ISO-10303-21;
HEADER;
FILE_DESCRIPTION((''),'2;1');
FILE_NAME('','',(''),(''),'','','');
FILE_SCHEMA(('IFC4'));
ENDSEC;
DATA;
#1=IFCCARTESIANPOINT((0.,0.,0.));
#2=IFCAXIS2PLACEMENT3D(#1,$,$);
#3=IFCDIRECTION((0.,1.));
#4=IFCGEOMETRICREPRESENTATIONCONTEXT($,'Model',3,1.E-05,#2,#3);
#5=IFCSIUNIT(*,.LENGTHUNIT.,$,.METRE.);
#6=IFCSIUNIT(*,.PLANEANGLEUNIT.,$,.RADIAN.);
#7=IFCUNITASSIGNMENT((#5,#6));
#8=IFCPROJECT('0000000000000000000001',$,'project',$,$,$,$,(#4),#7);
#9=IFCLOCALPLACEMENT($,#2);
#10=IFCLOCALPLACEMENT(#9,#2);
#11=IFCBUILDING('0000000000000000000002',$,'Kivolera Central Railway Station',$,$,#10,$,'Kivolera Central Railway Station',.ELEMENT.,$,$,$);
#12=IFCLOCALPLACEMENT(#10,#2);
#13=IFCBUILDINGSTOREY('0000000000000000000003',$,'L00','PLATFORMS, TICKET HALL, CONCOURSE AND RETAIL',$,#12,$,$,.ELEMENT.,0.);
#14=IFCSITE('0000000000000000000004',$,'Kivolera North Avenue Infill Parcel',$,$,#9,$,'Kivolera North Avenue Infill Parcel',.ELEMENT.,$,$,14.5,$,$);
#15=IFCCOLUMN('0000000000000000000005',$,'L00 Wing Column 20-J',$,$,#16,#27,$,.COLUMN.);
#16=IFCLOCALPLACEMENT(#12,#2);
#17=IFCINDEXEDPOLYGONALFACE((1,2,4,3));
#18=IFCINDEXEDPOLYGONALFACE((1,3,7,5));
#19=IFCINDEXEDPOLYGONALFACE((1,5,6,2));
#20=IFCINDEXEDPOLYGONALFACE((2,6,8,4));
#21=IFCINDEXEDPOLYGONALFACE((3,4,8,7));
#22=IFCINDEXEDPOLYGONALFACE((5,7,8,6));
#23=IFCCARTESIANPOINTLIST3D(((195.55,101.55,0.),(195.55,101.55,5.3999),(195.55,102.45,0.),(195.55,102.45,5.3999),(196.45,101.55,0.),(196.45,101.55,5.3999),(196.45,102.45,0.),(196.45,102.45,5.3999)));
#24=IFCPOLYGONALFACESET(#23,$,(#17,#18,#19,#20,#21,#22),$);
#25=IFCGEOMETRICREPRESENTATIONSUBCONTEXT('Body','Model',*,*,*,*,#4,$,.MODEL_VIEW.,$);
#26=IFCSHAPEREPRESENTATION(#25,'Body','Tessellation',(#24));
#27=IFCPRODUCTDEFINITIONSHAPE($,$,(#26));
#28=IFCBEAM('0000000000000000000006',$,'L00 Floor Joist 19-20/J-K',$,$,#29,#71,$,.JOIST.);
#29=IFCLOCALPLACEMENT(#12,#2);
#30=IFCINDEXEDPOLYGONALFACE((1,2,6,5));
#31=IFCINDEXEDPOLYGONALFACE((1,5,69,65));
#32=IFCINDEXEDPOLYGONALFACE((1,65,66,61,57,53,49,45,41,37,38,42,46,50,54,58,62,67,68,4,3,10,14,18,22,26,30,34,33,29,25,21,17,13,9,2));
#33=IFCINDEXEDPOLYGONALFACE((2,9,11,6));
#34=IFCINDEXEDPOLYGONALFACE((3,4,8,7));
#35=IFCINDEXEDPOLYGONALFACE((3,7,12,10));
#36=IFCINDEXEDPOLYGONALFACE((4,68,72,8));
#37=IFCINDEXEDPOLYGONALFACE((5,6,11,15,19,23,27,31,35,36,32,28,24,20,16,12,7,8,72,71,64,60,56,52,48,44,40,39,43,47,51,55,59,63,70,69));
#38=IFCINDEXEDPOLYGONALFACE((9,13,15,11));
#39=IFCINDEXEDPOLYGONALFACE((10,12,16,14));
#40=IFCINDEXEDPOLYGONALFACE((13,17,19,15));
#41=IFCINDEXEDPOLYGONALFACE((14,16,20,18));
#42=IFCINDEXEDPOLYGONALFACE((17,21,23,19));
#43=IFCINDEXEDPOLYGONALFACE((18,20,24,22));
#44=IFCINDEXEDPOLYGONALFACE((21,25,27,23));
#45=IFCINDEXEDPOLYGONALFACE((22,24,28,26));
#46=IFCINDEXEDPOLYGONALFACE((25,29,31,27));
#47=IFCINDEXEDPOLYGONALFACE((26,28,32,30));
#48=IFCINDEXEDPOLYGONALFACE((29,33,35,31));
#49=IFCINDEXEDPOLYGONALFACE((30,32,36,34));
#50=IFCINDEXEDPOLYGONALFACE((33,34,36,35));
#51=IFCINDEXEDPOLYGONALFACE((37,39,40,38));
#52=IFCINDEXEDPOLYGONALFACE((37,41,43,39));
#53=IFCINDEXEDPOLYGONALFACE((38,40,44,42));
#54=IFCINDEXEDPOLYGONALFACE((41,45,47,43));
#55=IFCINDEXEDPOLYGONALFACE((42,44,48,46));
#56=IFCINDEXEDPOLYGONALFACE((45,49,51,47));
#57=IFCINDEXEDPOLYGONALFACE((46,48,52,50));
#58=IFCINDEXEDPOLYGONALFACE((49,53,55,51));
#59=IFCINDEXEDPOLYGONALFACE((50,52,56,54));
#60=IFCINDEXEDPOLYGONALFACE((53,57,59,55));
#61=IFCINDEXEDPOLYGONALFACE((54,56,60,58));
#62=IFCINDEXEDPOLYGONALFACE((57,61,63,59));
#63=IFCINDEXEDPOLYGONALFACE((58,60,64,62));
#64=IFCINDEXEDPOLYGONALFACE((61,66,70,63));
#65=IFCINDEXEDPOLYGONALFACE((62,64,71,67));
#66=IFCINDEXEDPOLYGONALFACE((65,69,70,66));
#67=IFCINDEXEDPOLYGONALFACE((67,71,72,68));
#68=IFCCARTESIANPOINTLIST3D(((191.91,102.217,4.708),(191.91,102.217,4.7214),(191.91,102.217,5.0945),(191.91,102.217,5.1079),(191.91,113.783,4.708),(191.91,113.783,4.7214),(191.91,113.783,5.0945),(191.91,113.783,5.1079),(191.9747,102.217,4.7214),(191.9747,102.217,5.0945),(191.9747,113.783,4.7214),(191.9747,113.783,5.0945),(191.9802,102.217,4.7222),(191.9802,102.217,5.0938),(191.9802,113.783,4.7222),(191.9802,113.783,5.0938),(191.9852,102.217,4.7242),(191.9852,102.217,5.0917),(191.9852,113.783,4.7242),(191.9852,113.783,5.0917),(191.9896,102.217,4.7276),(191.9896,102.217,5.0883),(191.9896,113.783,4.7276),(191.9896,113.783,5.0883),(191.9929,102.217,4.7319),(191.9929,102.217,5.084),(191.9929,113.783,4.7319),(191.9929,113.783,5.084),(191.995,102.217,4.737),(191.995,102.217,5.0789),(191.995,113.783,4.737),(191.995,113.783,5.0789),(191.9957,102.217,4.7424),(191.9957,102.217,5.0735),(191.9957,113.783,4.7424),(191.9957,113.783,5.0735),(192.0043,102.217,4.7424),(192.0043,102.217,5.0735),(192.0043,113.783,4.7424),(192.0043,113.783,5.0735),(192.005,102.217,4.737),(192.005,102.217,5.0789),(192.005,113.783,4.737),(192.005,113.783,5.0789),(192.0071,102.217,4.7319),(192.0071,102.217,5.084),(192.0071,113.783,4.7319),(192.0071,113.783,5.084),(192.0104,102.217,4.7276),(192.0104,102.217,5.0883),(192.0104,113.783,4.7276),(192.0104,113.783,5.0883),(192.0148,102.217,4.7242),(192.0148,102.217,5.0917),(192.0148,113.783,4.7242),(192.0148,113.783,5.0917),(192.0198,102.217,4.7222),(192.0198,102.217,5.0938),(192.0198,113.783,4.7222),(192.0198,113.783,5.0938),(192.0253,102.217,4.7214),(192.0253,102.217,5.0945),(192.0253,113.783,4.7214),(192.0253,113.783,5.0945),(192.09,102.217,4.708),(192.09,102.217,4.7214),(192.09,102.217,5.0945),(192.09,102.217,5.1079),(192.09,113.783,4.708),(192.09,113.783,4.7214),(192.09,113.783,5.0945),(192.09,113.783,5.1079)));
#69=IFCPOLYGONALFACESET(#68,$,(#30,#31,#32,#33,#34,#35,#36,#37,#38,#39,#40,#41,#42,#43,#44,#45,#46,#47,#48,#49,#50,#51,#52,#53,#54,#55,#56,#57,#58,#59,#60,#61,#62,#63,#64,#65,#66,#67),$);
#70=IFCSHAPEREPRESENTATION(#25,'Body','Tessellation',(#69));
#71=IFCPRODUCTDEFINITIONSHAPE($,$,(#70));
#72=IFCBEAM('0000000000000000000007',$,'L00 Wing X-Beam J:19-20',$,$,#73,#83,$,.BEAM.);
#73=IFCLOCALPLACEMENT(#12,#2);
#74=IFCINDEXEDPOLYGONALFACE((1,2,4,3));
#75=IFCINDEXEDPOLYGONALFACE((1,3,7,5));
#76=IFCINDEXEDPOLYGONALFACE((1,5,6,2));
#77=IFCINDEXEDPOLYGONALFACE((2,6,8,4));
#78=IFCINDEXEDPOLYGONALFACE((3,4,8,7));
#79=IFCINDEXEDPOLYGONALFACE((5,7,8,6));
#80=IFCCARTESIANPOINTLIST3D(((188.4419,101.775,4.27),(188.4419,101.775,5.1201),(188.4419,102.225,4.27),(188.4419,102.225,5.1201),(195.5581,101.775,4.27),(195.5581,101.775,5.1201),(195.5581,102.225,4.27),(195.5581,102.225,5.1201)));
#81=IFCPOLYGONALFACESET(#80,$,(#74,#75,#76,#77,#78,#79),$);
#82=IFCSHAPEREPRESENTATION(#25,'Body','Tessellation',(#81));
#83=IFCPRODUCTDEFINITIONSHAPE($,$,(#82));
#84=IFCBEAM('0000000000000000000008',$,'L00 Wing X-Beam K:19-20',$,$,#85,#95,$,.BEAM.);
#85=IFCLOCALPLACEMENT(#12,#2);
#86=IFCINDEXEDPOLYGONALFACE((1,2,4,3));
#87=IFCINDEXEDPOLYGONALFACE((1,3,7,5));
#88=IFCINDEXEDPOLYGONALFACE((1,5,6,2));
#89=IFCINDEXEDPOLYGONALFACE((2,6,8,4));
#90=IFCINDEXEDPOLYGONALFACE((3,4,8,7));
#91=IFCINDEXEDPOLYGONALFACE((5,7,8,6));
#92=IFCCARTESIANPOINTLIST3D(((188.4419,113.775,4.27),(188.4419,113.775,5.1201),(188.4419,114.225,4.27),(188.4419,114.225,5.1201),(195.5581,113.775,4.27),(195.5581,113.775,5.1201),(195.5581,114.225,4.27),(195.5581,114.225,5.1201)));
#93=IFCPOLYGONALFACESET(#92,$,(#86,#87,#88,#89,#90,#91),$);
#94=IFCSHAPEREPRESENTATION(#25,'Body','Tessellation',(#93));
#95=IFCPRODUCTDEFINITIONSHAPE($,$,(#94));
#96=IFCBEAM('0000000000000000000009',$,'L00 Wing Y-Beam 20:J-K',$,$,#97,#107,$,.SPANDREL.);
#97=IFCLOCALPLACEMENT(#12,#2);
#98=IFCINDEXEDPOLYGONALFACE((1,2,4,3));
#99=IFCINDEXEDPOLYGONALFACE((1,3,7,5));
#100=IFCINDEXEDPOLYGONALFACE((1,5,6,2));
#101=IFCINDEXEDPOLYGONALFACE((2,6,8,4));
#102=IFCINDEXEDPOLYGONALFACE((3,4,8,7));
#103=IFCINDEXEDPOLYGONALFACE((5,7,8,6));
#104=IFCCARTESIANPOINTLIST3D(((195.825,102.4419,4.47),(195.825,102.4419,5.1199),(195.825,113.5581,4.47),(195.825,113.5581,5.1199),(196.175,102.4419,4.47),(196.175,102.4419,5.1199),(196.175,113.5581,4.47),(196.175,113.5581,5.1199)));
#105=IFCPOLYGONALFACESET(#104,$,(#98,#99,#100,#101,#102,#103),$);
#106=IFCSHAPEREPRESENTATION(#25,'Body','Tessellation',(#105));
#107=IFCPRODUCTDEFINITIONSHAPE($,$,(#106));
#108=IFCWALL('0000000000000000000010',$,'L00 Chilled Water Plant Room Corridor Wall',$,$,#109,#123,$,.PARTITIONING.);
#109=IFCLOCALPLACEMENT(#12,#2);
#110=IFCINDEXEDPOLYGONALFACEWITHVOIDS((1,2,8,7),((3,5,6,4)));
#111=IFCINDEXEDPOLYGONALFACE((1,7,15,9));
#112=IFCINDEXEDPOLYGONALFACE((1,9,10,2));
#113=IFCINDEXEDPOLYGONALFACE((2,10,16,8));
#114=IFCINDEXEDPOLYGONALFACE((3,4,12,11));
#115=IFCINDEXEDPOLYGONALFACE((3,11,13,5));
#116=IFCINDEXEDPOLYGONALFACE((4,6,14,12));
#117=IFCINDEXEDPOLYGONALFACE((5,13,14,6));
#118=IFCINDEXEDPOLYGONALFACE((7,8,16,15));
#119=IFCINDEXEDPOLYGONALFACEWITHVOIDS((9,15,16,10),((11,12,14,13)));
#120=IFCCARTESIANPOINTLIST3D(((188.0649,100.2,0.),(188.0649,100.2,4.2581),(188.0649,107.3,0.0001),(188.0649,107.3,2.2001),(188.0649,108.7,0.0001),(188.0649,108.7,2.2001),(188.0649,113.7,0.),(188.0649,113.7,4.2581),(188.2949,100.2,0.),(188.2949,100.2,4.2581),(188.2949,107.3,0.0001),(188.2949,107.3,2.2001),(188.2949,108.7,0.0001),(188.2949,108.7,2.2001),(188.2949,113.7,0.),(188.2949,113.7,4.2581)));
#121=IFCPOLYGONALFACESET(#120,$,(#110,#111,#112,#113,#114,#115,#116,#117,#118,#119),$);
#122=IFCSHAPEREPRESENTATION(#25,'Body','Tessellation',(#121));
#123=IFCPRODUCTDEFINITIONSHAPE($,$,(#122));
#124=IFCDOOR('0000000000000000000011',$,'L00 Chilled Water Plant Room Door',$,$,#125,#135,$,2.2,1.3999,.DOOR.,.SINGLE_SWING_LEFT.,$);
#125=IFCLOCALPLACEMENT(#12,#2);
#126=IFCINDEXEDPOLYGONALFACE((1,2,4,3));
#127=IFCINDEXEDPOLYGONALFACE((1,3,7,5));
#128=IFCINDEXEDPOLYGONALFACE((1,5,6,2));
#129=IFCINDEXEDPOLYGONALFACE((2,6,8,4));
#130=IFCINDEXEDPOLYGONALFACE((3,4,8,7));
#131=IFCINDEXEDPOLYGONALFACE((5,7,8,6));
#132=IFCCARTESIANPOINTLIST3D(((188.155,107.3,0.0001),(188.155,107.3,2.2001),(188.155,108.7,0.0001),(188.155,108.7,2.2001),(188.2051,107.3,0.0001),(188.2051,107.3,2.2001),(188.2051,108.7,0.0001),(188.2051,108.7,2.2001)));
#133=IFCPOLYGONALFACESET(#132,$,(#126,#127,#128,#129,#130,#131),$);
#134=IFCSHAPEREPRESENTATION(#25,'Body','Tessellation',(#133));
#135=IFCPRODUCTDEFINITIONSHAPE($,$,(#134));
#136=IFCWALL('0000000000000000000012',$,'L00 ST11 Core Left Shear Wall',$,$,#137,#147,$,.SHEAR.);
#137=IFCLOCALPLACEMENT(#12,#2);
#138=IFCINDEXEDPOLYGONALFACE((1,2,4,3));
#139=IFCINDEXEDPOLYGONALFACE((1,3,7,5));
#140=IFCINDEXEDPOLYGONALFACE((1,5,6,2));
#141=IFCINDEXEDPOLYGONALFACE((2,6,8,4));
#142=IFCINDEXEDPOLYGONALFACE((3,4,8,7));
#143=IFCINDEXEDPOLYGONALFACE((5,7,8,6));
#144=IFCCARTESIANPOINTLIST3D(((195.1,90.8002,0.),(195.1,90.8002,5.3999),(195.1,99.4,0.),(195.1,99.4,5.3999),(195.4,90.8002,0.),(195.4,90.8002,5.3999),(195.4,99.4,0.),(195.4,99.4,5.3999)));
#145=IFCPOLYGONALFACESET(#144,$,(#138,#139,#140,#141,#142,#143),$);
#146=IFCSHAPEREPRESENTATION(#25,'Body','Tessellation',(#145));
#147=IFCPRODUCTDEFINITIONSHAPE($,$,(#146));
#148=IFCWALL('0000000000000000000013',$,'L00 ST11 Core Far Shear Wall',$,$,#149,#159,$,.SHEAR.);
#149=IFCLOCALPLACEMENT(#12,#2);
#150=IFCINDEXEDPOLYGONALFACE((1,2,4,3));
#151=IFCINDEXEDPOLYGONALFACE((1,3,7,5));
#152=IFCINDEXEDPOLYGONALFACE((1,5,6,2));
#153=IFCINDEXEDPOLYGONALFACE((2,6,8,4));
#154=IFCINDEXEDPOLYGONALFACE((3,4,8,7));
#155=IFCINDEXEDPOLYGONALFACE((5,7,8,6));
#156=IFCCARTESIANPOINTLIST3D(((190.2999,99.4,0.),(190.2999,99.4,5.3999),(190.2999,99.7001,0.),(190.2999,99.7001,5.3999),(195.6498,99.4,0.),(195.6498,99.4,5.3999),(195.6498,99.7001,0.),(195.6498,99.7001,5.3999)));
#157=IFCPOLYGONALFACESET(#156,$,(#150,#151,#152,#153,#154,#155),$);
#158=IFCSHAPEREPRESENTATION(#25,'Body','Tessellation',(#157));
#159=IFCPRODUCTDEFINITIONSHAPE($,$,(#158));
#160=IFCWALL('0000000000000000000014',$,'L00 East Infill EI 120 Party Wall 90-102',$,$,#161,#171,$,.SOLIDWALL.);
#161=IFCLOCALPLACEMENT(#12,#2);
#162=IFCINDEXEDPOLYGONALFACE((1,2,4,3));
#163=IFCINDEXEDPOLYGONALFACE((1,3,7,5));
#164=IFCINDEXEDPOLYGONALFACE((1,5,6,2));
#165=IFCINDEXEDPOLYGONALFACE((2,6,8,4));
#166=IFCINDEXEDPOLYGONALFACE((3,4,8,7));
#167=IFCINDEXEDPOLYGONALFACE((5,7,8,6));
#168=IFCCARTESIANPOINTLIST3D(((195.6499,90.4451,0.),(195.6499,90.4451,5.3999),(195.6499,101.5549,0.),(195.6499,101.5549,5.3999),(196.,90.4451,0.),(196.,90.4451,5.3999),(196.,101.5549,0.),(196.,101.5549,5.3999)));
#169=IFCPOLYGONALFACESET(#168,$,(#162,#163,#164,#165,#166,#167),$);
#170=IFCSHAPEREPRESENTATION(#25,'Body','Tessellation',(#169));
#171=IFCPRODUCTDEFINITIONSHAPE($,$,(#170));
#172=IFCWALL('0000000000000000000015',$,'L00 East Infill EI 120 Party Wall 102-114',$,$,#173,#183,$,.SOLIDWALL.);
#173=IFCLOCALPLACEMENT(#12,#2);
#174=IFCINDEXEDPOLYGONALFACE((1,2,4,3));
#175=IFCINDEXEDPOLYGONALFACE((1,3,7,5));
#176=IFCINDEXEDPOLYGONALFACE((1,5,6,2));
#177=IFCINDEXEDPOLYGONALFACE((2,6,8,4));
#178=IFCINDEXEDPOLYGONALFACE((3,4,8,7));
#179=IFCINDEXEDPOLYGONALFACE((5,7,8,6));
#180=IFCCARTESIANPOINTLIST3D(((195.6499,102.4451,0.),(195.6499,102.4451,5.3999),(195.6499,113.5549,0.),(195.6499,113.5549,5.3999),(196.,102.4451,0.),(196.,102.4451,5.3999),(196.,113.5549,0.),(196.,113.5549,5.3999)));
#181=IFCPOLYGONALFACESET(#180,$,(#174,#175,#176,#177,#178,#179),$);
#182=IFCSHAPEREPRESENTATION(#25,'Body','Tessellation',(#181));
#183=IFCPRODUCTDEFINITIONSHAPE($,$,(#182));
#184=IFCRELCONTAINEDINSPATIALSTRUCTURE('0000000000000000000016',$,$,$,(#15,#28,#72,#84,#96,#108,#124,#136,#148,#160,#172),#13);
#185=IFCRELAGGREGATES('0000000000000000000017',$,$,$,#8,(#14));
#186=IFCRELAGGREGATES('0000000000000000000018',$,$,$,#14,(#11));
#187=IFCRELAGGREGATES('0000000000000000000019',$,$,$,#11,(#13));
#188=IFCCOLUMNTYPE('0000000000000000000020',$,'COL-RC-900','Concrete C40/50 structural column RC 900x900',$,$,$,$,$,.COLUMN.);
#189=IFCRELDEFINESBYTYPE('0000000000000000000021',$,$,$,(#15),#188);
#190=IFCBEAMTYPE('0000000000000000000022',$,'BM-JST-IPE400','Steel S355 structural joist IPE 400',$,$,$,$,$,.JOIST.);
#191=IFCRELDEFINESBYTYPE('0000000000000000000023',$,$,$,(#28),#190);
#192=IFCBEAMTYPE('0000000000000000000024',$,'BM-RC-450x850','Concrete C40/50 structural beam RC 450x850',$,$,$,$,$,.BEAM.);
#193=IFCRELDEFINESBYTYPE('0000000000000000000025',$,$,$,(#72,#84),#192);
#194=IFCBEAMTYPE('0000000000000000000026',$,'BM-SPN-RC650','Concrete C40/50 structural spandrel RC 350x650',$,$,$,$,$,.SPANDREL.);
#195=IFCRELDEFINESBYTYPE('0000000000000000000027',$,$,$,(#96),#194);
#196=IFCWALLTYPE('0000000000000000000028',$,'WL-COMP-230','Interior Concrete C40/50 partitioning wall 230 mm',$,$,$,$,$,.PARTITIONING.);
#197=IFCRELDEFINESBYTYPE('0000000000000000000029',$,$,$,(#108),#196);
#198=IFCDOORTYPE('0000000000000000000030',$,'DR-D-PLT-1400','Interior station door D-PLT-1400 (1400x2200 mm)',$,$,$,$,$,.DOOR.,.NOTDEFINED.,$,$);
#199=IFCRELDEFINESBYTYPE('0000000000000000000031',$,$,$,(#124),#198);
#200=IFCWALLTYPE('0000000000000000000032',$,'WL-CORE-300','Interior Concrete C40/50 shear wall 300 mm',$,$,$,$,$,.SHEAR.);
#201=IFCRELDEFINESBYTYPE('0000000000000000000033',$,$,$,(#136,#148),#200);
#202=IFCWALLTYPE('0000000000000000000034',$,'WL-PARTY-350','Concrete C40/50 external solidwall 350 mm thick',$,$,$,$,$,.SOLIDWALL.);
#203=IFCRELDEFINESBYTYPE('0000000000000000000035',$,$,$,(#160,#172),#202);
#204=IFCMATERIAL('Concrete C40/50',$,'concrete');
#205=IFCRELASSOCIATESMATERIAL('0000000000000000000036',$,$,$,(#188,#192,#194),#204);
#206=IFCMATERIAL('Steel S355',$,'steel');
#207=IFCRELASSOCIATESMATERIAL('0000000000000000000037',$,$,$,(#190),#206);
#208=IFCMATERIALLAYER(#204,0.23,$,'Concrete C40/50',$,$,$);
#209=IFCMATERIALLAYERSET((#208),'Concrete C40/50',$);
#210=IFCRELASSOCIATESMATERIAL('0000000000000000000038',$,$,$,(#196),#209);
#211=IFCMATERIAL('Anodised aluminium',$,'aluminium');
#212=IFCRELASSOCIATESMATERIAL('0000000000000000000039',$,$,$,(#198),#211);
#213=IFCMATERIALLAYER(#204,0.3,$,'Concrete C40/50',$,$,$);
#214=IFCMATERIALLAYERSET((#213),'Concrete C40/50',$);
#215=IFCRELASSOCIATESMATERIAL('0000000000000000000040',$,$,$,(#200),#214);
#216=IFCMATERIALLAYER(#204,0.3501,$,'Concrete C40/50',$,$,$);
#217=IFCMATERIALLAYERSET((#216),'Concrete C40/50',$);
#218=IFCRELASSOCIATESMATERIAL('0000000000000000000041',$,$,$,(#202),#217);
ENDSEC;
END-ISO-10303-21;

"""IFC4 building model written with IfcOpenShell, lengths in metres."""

from ifc_helpers import new_model, si_unit, direction, frame, frame_2d, origin, origin_2d, place, context, subcontext, project, spatial, rectangle, i_section, extrude, material, layer, layer_set, material_profile, profile_set, type_object, element, fill, save


model = new_model("IFC4")

# Units and contexts
model_context = context("Model", 3, precision=1e-05, world=origin(), true_north=direction((0.0, 1.0)))
body_context = subcontext(model_context, "Body", "Model", "MODEL_VIEW")
ifc_project = project(units=[si_unit("LENGTHUNIT", "METRE"), si_unit("PLANEANGLEUNIT", "RADIAN")], contexts=[model_context])

# Site, building, storey
site_placement = place(None, origin())
site = spatial("IfcSite", under=ifc_project, at=site_placement, Name="Kivolera North Avenue Infill Parcel", LongName="Kivolera North Avenue Infill Parcel", CompositionType="ELEMENT", RefElevation=14.5)
building_placement = place(site_placement, origin())
building = spatial("IfcBuilding", under=site, at=building_placement, Name="Kivolera Central Railway Station", LongName="Kivolera Central Railway Station", CompositionType="ELEMENT")
storey_placement = place(building_placement, origin())
storey = spatial("IfcBuildingStorey", under=building, at=storey_placement, Name="L00", Description="PLATFORMS, TICKET HALL, CONCOURSE AND RETAIL", CompositionType="ELEMENT", Elevation=0.0)

# Column
ifc_material_1 = material(Name="Concrete C40/50", Category="concrete")
ifc_material_profile_1 = material_profile(ifc_material_1, rectangle(XDim=0.8999, YDim=0.8999, at=origin_2d()), Name="RC 900x900")
ifc_profile_set_1 = profile_set([ifc_material_profile_1], Name="Concrete C40/50")
column_type = type_object("IfcColumnType", Name="COL-RC-900", Description="Concrete C40/50 structural column RC 900x900", PredefinedType="COLUMN", material=ifc_profile_set_1)
column_placement = place(storey_placement, frame((196.0, 102.0, 0.0), z_axis=(0.0, 0.0, 1.0), x_axis=(1.0, 0.0, 0.0)))
element("IfcColumn", 1, at=column_placement, inside=storey, type_object=column_type, Name="L00 Wing Column 20-J", PredefinedType="COLUMN", context=body_context, shape_type="SweptSolid", body=[
    extrude(rectangle(XDim=0.8999, YDim=0.8999, at=origin_2d()), origin(), (0.0, 0.0, 1.0), 5.3999),
])

# Beams
ifc_material_2 = material(Name="Steel S355", Category="steel")
ifc_material_profile_2 = material_profile(ifc_material_2, i_section(OverallWidth=0.1799, OverallDepth=0.3999, WebThickness=0.0085, FlangeThickness=0.0134, FilletRadius=0.021, at=origin_2d()), Name="IPE 400")
ifc_profile_set_2 = profile_set([ifc_material_profile_2], Name="Steel S355")
beam_type_1 = type_object("IfcBeamType", Name="BM-JST-IPE400", Description="Steel S355 structural joist IPE 400", PredefinedType="JOIST", material=ifc_profile_set_2)
beam_1_placement = place(storey_placement, frame((192.0, 102.217, 4.908), z_axis=(0.0, 1.0, 0.0), x_axis=(-1.0, 0.0, 0.0)))
element("IfcBeam", 2, at=beam_1_placement, inside=storey, type_object=beam_type_1, Name="L00 Floor Joist 19-20/J-K", PredefinedType="JOIST", context=body_context, shape_type="SweptSolid", body=[
    extrude(i_section(OverallWidth=0.1799, OverallDepth=0.3999, WebThickness=0.0085, FlangeThickness=0.0134, FilletRadius=0.021, at=origin_2d()), origin(), (0.0, 0.0, 1.0), 11.5659),
])
ifc_material_profile_3 = material_profile(ifc_material_1, rectangle(XDim=0.45, YDim=0.8501, at=origin_2d()), Name="RC 450x850")
ifc_profile_set_3 = profile_set([ifc_material_profile_3], Name="Concrete C40/50")
beam_type_2 = type_object("IfcBeamType", Name="BM-RC-450x850", Description="Concrete C40/50 structural beam RC 450x850", PredefinedType="BEAM", material=ifc_profile_set_3)
for number, where, z_axis, x_axis, name in (
    (3, (188.4419, 102.0, 4.6951), (1.0, 0.0, 0.0), (0.0, 1.0, 0.0), "L00 Wing X-Beam J:19-20"),
    (4, (188.4419, 114.0, 4.6951), (1.0, 0.0, 0.0), (0.0, 1.0, 0.0), "L00 Wing X-Beam K:19-20"),
):
    element("IfcBeam", number, at=place(storey_placement, frame(where, z_axis=z_axis, x_axis=x_axis)), inside=storey, type_object=beam_type_2, Name=name, PredefinedType="BEAM", context=body_context, shape_type="SweptSolid", body=[
        extrude(rectangle(XDim=0.45, YDim=0.8501, at=origin_2d()), origin(), (0.0, 0.0, 1.0), 7.1162),
    ])
ifc_material_profile_4 = material_profile(ifc_material_1, rectangle(XDim=0.3501, YDim=0.6499, at=origin_2d()), Name="RC 350x650")
ifc_profile_set_4 = profile_set([ifc_material_profile_4], Name="Concrete C40/50")
beam_type_3 = type_object("IfcBeamType", Name="BM-SPN-RC650", Description="Concrete C40/50 structural spandrel RC 350x650", PredefinedType="SPANDREL", material=ifc_profile_set_4)
beam_2_placement = place(storey_placement, frame((196.0, 102.4419, 4.7949), z_axis=(0.0, 1.0, 0.0), x_axis=(-1.0, 0.0, 0.0)))
element("IfcBeam", 5, at=beam_2_placement, inside=storey, type_object=beam_type_3, Name="L00 Wing Y-Beam 20:J-K", PredefinedType="SPANDREL", context=body_context, shape_type="SweptSolid", body=[
    extrude(rectangle(XDim=0.3501, YDim=0.6499, at=origin_2d()), origin(), (0.0, 0.0, 1.0), 11.1162),
])

# Wall, opening, door
ifc_layer_1 = layer(ifc_material_1, 0.23, Name="Concrete C40/50")
ifc_layer_set_1 = layer_set([ifc_layer_1], Name="Concrete C40/50")
wall_type_1 = type_object("IfcWallType", Name="WL-COMP-230", Description="Interior Concrete C40/50 partitioning wall 230 mm", PredefinedType="PARTITIONING", material=ifc_layer_set_1)
wall_1_placement = place(storey_placement, frame((188.1799, 100.2, 0.0), z_axis=(0.0, 0.0, 1.0), x_axis=(0.0, 1.0, 0.0)))
wall_1 = element("IfcWall", 6, at=wall_1_placement, inside=storey, type_object=wall_type_1, Name="L00 Chilled Water Plant Room Corridor Wall", PredefinedType="PARTITIONING", context=body_context, shape_type="SweptSolid", body=[
    extrude(rectangle(XDim=13.5, YDim=0.23, at=frame_2d((6.75, 0.0))), origin(), (0.0, 0.0, 1.0), 4.2581),
])
opening_placement = place(wall_1_placement, frame((7.1001, 0.0, 0.0)))
opening = element("IfcOpeningElement", 7, at=opening_placement, cuts=wall_1, PredefinedType="OPENING", context=body_context, shape_type="SweptSolid", body=[
    extrude(rectangle(XDim=1.3999, YDim=2.2, at=frame_2d((0.7, 1.1001))), frame((0.0, 0.125, 0.0), z_axis=(0.0, -1.0, 0.0), x_axis=(1.0, 0.0, 0.0)), (0.0, 0.0, 1.0), 0.25),
])
ifc_material_3 = material(Name="Anodised aluminium", Category="aluminium")
door_type = type_object("IfcDoorType", Name="DR-D-PLT-1400", Description="Interior station door D-PLT-1400 (1400x2200 mm)", OperationType="NOTDEFINED", PredefinedType="DOOR", material=ifc_material_3)
door_placement = place(opening_placement, origin())
door = element("IfcDoor", 8, at=door_placement, inside=storey, type_object=door_type, Name="L00 Chilled Water Plant Room Door", OperationType="SINGLE_SWING_LEFT", OverallHeight=2.2, OverallWidth=1.3999, PredefinedType="DOOR", context=body_context, shape_type="SweptSolid", body=[
    extrude(rectangle(XDim=1.3999, YDim=2.2, at=frame_2d((0.7, 1.1001))), frame((0.0, 0.0249, 0.0), z_axis=(0.0, -1.0, 0.0), x_axis=(1.0, 0.0, 0.0)), (0.0, 0.0, 1.0), 0.05),
])
fill(opening, door)

# Walls
ifc_layer_2 = layer(ifc_material_1, 0.3, Name="Concrete C40/50")
ifc_layer_set_2 = layer_set([ifc_layer_2], Name="Concrete C40/50")
wall_type_2 = type_object("IfcWallType", Name="WL-CORE-300", Description="Interior Concrete C40/50 shear wall 300 mm", PredefinedType="SHEAR", material=ifc_layer_set_2)
wall_2_placement = place(storey_placement, frame((195.25, 99.3999, 0.0), z_axis=(0.0, 0.0, 1.0), x_axis=(0.0, -1.0, 0.0)))
element("IfcWall", 9, at=wall_2_placement, inside=storey, type_object=wall_type_2, Name="L00 ST11 Core Left Shear Wall", PredefinedType="SHEAR", context=body_context, shape_type="SweptSolid", body=[
    extrude(rectangle(XDim=8.5999, YDim=0.3, at=frame_2d((4.2998, 0.0))), origin(), (0.0, 0.0, 1.0), 5.3999),
])
wall_3_placement = place(storey_placement, frame((190.3, 99.55, 0.0), z_axis=(0.0, 0.0, 1.0), x_axis=(1.0, 0.0, 0.0)))
element("IfcWall", 10, at=wall_3_placement, inside=storey, type_object=wall_type_2, Name="L00 ST11 Core Far Shear Wall", PredefinedType="SHEAR", context=body_context, shape_type="SweptSolid", body=[
    extrude(rectangle(XDim=5.3499, YDim=0.3, at=frame_2d((2.6748, 0.0))), origin(), (0.0, 0.0, 1.0), 5.3999),
])
ifc_layer_3 = layer(ifc_material_1, 0.3501, Name="Concrete C40/50")
ifc_layer_set_3 = layer_set([ifc_layer_3], Name="Concrete C40/50")
wall_type_3 = type_object("IfcWallType", Name="WL-PARTY-350", Description="Concrete C40/50 external solidwall 350 mm thick", PredefinedType="SOLIDWALL", material=ifc_layer_set_3)
for number, where, z_axis, x_axis, name in (
    (11, (195.825, 101.5549, 0.0), (0.0, 0.0, 1.0), (0.0, -1.0, 0.0), "L00 East Infill EI 120 Party Wall 90-102"),
    (12, (195.825, 113.5549, 0.0), (0.0, 0.0, 1.0), (0.0, -1.0, 0.0), "L00 East Infill EI 120 Party Wall 102-114"),
):
    element("IfcWall", number, at=place(storey_placement, frame(where, z_axis=z_axis, x_axis=x_axis)), inside=storey, type_object=wall_type_3, Name=name, PredefinedType="SOLIDWALL", context=body_context, shape_type="SweptSolid", body=[
        extrude(rectangle(XDim=11.1099, YDim=0.3501, at=frame_2d((5.5549, 0.0))), origin(), (0.0, 0.0, 1.0), 5.3999),
    ])

save(model, "model.ifc")
